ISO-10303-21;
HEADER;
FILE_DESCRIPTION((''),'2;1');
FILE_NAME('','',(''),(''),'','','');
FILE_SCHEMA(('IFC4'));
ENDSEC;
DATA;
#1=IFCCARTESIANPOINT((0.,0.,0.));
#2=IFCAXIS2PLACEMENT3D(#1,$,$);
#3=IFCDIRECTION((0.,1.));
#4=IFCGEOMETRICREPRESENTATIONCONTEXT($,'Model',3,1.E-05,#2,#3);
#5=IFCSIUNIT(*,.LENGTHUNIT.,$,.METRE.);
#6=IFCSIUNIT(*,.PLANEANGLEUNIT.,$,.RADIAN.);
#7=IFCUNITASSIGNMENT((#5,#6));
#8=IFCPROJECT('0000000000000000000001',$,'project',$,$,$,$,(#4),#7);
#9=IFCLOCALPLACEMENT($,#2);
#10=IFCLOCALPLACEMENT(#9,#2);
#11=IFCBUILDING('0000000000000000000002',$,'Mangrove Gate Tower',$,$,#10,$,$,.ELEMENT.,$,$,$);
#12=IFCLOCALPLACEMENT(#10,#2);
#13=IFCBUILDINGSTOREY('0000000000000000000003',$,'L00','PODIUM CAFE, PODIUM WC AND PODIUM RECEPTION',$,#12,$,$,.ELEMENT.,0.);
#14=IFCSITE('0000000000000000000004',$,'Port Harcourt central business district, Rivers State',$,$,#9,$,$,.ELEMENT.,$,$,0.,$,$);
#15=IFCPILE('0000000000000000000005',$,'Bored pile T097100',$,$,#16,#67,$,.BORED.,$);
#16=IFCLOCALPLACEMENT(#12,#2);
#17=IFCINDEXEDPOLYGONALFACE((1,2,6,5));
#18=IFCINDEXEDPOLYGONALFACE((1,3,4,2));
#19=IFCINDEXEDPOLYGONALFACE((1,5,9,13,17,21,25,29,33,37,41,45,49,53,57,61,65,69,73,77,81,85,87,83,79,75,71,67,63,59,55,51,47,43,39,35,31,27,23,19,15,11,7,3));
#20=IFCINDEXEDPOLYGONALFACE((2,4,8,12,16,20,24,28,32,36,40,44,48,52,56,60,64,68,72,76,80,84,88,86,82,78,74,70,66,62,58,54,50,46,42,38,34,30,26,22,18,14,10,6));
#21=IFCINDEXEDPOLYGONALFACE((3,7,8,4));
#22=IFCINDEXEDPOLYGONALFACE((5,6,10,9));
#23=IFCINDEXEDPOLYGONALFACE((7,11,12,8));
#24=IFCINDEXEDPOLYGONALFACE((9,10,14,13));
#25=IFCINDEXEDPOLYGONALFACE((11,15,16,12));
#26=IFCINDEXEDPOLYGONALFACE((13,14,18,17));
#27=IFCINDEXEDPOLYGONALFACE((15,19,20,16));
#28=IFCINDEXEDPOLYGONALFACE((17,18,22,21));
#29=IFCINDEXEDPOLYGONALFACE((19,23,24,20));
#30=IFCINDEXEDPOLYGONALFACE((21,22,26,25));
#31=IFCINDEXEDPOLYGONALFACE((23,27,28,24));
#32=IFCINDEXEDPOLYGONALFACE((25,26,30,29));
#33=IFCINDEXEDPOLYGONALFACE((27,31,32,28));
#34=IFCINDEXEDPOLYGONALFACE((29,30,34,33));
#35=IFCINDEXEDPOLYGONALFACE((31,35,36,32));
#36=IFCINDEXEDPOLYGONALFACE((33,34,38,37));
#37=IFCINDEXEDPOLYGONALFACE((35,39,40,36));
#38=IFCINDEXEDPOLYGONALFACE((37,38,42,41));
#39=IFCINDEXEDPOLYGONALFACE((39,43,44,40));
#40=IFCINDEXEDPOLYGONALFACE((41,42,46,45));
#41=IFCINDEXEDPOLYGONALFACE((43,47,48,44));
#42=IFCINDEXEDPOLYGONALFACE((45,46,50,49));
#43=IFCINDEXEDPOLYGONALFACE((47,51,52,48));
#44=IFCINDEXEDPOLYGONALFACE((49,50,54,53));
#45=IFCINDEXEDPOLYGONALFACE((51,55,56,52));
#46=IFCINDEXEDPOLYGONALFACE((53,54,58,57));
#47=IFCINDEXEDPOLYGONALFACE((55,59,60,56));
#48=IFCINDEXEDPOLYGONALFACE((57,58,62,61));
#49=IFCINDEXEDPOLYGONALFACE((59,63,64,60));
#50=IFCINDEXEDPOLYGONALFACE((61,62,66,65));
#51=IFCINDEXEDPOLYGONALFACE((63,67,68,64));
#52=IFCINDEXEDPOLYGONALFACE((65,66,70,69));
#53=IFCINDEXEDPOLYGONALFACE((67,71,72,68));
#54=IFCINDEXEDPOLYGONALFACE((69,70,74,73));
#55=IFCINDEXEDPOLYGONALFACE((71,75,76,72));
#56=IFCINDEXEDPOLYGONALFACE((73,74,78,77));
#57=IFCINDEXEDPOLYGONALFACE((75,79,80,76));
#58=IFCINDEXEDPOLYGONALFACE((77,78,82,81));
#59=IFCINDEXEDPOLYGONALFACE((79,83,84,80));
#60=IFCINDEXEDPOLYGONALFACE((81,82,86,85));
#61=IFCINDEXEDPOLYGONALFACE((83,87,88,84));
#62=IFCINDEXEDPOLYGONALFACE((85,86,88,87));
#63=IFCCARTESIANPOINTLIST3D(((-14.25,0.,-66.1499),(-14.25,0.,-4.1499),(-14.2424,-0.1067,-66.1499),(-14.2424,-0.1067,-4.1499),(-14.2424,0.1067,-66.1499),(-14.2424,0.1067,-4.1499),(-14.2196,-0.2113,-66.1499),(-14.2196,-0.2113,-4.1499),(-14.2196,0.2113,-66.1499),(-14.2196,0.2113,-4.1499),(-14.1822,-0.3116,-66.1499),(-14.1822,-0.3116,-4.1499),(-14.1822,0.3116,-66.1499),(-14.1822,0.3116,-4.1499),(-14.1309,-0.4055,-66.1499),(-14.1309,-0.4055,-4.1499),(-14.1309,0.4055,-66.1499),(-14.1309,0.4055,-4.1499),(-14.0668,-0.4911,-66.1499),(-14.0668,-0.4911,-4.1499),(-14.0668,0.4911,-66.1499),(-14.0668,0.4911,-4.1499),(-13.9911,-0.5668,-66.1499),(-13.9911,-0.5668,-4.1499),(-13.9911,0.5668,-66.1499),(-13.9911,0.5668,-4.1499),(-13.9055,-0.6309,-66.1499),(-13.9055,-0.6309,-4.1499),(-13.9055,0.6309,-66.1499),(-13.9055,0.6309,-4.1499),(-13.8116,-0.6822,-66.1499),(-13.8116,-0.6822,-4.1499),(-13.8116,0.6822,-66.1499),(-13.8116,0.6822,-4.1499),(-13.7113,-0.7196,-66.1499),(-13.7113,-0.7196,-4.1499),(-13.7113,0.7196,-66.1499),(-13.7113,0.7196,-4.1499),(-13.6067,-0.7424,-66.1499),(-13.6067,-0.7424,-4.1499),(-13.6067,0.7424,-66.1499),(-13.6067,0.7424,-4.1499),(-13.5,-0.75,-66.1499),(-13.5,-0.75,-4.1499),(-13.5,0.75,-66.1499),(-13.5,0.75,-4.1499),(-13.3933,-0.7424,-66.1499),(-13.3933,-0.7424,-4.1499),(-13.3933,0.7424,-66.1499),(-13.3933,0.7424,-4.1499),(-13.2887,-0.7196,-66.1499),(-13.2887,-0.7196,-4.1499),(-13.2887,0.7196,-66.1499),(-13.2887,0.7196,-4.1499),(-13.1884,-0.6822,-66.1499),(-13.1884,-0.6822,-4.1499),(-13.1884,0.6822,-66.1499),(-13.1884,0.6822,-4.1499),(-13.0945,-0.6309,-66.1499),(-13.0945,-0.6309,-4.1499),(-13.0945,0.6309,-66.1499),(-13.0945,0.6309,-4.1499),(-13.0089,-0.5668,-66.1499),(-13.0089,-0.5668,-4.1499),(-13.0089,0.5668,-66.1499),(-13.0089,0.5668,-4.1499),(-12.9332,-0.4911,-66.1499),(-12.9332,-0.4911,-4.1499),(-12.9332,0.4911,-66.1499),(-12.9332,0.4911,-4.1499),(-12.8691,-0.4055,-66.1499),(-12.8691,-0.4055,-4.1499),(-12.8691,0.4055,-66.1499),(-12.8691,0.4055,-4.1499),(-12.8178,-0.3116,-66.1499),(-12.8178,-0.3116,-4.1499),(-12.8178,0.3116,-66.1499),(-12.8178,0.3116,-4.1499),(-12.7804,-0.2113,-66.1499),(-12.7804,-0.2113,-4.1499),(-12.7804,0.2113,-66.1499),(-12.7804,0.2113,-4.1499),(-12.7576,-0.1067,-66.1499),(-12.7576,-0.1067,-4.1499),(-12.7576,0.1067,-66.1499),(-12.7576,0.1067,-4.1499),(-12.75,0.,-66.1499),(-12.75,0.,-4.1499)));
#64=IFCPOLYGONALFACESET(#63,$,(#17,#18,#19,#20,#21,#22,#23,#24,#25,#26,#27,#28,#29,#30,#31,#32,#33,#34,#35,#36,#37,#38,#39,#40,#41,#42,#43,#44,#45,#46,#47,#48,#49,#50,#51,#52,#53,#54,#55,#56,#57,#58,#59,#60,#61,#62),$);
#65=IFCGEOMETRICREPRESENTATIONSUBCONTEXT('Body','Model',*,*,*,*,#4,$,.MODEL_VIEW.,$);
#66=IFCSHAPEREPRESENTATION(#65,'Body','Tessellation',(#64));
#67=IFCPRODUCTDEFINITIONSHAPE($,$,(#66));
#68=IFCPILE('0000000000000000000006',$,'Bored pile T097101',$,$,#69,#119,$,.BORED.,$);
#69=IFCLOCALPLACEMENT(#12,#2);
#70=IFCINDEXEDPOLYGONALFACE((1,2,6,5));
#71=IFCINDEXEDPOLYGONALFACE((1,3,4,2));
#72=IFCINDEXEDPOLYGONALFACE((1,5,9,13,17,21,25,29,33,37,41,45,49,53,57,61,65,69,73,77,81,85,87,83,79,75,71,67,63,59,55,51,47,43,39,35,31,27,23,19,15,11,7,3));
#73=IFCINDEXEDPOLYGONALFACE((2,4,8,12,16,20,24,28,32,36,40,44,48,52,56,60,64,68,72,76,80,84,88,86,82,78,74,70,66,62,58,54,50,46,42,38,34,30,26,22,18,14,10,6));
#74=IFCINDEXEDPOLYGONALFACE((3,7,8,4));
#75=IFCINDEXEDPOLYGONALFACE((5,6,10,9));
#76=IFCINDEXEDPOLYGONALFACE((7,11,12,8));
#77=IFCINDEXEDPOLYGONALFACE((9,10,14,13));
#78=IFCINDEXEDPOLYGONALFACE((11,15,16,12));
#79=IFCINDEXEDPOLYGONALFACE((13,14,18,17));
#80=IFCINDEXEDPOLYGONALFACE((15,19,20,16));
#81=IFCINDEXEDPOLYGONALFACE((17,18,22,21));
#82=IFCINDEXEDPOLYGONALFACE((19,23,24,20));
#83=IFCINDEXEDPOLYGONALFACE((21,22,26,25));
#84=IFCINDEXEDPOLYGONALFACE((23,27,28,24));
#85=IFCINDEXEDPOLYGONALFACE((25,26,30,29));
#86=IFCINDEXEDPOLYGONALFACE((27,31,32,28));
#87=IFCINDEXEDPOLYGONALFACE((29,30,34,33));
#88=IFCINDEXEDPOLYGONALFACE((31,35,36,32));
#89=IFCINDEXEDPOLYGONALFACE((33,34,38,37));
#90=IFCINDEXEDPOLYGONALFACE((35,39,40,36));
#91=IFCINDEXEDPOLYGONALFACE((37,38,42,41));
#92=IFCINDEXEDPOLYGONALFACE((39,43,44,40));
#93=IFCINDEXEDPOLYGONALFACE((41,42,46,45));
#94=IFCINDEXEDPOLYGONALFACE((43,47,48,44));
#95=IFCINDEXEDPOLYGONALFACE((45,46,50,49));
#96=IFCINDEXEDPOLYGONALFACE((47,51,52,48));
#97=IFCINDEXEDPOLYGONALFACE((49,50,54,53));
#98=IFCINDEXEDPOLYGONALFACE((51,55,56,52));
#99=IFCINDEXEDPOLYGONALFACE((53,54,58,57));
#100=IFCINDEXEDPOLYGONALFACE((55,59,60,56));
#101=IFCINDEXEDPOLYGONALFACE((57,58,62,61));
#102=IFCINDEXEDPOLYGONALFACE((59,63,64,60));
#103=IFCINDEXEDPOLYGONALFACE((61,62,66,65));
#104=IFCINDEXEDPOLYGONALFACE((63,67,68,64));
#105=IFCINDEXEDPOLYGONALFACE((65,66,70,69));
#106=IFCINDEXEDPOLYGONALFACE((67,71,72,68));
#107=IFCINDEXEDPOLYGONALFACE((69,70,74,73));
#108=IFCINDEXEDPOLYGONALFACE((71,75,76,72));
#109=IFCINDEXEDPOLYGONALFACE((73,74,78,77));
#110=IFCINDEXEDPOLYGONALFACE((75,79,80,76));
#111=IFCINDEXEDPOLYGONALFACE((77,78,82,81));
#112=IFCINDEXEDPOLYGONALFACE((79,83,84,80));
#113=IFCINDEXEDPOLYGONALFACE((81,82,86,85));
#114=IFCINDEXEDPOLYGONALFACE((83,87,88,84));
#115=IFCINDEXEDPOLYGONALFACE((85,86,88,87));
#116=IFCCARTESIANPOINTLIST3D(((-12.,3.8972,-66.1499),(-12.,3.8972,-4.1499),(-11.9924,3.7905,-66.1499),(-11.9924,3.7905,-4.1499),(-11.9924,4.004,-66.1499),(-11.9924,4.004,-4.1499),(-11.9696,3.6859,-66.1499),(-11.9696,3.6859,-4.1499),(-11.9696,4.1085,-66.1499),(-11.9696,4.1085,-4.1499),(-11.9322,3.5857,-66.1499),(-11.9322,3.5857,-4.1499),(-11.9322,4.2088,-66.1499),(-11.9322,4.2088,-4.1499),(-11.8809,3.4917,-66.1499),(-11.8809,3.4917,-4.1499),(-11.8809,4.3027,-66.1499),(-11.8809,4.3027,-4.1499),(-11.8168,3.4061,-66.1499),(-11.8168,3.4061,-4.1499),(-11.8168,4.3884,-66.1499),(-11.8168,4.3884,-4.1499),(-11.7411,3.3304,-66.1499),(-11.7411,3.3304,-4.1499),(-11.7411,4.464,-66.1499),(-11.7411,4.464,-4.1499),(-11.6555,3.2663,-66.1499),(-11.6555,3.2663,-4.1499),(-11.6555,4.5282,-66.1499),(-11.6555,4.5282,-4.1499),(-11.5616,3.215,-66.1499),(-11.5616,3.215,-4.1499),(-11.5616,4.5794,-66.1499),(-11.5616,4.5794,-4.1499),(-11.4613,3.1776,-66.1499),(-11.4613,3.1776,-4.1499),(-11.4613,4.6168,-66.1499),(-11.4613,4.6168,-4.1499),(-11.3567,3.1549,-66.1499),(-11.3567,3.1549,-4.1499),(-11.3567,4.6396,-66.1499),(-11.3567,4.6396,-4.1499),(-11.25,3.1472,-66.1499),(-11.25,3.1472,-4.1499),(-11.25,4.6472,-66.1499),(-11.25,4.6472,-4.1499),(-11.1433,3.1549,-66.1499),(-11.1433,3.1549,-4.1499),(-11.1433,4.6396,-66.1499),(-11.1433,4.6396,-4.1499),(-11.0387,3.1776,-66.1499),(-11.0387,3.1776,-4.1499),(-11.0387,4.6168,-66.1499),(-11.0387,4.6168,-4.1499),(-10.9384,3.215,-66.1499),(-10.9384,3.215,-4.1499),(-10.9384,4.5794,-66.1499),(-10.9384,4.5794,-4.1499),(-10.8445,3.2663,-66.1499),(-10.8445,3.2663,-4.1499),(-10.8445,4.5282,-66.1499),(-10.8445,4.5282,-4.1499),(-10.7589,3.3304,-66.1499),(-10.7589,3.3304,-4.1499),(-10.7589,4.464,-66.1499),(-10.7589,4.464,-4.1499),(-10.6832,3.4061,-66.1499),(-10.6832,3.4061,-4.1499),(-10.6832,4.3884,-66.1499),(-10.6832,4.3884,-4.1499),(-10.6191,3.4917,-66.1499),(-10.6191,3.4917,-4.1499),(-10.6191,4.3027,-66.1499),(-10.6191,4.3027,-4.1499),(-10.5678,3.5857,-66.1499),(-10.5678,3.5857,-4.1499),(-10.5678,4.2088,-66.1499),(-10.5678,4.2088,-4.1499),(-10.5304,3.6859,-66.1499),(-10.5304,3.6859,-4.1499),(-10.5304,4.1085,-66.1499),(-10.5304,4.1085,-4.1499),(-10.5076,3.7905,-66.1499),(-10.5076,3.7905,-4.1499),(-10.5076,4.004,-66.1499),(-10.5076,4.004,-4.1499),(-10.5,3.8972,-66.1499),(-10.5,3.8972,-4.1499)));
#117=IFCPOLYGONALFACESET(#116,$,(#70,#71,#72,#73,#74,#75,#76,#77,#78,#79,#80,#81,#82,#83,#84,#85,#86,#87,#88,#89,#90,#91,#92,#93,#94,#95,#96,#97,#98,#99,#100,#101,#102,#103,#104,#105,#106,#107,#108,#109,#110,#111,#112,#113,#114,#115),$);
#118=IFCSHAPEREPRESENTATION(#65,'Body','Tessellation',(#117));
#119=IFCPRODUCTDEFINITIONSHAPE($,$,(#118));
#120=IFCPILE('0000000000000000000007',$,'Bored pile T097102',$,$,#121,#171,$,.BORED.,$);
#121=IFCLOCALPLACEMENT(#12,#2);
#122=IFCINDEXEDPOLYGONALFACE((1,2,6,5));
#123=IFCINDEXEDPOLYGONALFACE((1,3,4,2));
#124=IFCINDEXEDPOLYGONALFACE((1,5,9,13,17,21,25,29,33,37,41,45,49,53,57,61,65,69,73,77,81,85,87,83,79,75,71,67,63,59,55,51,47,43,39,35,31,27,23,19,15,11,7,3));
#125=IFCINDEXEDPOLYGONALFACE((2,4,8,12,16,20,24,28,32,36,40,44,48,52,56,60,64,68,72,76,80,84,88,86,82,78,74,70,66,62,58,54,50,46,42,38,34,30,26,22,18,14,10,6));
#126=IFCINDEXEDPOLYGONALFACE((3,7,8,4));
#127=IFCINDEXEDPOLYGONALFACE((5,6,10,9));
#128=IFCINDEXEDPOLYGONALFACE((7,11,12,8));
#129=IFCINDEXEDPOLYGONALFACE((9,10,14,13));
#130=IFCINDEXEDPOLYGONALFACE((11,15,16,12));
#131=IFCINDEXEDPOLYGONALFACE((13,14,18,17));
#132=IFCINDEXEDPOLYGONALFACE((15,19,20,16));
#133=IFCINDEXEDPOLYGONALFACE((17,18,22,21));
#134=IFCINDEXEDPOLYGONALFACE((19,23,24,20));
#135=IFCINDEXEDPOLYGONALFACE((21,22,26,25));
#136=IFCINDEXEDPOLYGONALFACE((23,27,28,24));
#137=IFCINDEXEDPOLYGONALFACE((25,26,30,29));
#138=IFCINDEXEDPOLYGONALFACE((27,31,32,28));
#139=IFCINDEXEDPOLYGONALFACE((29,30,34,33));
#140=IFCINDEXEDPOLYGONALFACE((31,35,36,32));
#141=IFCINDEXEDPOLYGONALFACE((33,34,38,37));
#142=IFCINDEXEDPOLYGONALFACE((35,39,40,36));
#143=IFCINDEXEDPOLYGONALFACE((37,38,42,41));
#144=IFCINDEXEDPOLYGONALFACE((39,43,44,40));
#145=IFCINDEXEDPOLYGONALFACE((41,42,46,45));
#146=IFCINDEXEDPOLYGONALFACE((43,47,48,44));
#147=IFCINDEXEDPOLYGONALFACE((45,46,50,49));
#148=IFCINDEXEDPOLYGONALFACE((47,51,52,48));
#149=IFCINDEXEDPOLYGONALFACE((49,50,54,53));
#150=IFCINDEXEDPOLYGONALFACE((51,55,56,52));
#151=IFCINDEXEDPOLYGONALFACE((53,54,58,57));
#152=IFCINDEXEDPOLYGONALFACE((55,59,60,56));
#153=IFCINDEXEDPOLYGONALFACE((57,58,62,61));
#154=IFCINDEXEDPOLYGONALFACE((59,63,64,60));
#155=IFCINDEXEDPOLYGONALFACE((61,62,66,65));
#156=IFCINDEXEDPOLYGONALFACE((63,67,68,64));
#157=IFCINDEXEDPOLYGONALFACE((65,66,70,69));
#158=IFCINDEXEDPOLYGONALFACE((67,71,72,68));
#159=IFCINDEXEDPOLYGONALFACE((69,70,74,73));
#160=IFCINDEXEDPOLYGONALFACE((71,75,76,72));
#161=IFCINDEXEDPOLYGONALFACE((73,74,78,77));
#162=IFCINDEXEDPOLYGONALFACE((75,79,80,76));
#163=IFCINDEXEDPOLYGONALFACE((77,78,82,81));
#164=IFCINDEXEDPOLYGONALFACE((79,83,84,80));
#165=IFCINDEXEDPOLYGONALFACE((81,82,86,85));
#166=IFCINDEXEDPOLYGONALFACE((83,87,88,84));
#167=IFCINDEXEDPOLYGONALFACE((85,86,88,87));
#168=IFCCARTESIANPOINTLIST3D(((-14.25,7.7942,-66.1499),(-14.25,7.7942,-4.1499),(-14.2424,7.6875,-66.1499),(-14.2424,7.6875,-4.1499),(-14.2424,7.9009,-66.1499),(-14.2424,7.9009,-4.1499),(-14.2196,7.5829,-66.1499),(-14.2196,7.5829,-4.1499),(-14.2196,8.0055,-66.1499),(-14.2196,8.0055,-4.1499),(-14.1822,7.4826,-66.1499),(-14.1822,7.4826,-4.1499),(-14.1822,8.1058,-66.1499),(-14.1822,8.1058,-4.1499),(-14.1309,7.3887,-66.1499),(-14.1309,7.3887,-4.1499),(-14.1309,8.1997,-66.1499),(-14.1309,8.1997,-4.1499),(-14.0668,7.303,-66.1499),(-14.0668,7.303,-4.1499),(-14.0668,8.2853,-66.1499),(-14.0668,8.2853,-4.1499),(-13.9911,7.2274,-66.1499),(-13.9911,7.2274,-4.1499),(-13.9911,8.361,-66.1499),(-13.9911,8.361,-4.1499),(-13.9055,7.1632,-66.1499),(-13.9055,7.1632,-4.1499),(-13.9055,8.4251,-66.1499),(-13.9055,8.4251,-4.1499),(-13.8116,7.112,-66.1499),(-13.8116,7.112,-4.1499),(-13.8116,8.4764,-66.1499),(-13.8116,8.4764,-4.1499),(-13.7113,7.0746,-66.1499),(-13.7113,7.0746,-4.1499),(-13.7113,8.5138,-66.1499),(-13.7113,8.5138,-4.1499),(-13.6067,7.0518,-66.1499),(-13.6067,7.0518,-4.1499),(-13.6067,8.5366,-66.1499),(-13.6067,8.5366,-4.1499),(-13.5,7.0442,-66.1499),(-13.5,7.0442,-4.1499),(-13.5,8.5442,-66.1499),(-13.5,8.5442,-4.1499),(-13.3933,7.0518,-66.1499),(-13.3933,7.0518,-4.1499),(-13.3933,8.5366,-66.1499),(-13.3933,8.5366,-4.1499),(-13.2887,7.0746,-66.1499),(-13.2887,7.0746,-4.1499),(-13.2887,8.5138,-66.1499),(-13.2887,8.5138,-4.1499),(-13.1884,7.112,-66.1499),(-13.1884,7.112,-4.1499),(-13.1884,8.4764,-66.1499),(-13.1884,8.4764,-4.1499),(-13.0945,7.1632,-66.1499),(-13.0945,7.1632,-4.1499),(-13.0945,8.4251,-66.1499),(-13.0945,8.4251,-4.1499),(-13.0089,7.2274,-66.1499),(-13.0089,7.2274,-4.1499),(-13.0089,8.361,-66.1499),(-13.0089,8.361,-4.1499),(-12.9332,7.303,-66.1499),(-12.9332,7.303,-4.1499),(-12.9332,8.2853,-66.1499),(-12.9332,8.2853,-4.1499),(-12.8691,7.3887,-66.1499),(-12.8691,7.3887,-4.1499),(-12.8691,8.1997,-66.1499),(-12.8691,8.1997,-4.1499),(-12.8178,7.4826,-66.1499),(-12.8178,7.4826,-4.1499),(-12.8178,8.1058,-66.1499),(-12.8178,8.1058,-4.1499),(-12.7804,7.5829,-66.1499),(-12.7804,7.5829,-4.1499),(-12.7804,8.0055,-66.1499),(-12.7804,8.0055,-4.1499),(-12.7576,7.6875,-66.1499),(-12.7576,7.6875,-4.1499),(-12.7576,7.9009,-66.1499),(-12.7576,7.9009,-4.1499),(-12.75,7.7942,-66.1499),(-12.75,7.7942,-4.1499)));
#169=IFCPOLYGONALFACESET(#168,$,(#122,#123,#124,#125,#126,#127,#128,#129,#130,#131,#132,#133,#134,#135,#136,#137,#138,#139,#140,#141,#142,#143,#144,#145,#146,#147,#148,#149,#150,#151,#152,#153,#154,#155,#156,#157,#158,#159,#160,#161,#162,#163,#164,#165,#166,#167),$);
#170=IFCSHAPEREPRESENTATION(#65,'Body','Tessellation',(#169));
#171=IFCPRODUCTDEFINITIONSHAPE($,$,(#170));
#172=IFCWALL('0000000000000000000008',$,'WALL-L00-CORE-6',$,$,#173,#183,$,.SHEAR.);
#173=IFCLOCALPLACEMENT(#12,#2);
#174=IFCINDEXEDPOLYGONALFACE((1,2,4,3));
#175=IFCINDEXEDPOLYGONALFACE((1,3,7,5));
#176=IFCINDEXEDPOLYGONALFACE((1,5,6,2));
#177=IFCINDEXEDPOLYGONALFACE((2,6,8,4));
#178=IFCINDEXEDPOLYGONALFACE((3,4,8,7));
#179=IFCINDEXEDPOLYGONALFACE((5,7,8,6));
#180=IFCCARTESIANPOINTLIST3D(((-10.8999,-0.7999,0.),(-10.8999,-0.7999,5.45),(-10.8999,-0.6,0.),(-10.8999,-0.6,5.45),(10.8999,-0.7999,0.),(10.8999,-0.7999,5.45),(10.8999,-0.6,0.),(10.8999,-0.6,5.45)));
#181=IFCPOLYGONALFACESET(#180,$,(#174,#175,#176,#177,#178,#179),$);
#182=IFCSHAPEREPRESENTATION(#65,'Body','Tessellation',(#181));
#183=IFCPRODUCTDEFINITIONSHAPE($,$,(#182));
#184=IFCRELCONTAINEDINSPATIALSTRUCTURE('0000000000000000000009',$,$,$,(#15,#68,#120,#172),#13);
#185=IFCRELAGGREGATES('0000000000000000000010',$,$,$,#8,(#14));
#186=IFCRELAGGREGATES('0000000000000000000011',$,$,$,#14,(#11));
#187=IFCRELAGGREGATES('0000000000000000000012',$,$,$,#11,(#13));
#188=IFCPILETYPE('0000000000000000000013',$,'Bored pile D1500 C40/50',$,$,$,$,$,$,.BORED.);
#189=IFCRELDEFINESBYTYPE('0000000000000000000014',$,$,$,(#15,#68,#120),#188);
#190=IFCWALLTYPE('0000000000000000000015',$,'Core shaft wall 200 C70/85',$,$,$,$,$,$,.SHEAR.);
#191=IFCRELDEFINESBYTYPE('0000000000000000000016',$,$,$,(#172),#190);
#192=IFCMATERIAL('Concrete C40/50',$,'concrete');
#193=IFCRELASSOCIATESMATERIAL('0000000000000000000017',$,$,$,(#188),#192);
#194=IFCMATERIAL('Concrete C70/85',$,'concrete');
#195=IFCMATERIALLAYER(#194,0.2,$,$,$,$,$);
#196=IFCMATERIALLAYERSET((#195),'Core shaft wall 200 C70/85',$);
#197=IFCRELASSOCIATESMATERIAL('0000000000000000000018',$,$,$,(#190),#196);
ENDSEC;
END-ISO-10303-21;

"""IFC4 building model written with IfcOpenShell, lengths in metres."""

from ifc_helpers import new_model, si_unit, direction, frame, frame_2d, origin, origin_2d, place, context, subcontext, project, spatial, rectangle, circle, extrude, material, layer, layer_set, material_profile, profile_set, type_object, element, save


model = new_model("IFC4")

# Units and contexts
model_context = context("Model", 3, precision=1e-05, world=origin(), true_north=direction((0.0, 1.0)))
body_context = subcontext(model_context, "Body", "Model", "MODEL_VIEW")
ifc_project = project(units=[si_unit("LENGTHUNIT", "METRE"), si_unit("PLANEANGLEUNIT", "RADIAN")], contexts=[model_context])

# Site, building, storey
site_placement = place(None, origin())
site = spatial("IfcSite", under=ifc_project, at=site_placement, Name="Port Harcourt central business district, Rivers State", CompositionType="ELEMENT", RefElevation=0.0)
building_placement = place(site_placement, origin())
building = spatial("IfcBuilding", under=site, at=building_placement, Name="Mangrove Gate Tower", CompositionType="ELEMENT")
storey_placement = place(building_placement, origin())
storey = spatial("IfcBuildingStorey", under=building, at=storey_placement, Name="L00", Description="PODIUM CAFE, PODIUM WC AND PODIUM RECEPTION", CompositionType="ELEMENT", Elevation=0.0)

# Piles
ifc_material_1 = material(Name="Concrete C40/50", Category="concrete")
ifc_material_profile = material_profile(ifc_material_1, circle(Radius=0.75, at=origin_2d()))
ifc_profile_set = profile_set([ifc_material_profile], Name="Concrete C40/50")
pile_type = type_object("IfcPileType", Name="Bored pile D1500 C40/50", PredefinedType="BORED", material=ifc_profile_set)
for number, where, z_axis, x_axis, name in (
    (1, (-13.5, 0.0, -4.1499), (0.0, 0.0, -1.0), (1.0, 0.0, 0.0), "Bored pile T097100"),
    (2, (-11.25, 3.8972, -4.1499), (0.0, 0.0, -1.0), (1.0, 0.0, 0.0), "Bored pile T097101"),
    (3, (-13.5, 7.7942, -4.1499), (0.0, 0.0, -1.0), (1.0, 0.0, 0.0), "Bored pile T097102"),
):
    element("IfcPile", number, at=place(storey_placement, frame(where, z_axis=z_axis, x_axis=x_axis)), inside=storey, type_object=pile_type, Name=name, PredefinedType="BORED", context=body_context, shape_type="SweptSolid", body=[
        extrude(circle(Radius=0.75, at=origin_2d()), origin(), (0.0, 0.0, 1.0), 62.0),
    ])

# Wall
ifc_material_2 = material(Name="Concrete C70/85", Category="concrete")
ifc_layer = layer(ifc_material_2, 0.2)
ifc_layer_set = layer_set([ifc_layer], Name="Core shaft wall 200 C70/85")
wall_type = type_object("IfcWallType", Name="Core shaft wall 200 C70/85", PredefinedType="SHEAR", material=ifc_layer_set)
wall_1_placement = place(storey_placement, frame((-10.8999, -0.7, 0.0), z_axis=(0.0, 0.0, 1.0), x_axis=(1.0, 0.0, 0.0)))
element("IfcWall", 4, at=wall_1_placement, inside=storey, type_object=wall_type, Name="WALL-L00-CORE-6", PredefinedType="SHEAR", context=body_context, shape_type="SweptSolid", body=[
    extrude(rectangle(XDim=21.7998, YDim=0.2, at=frame_2d((10.8999, 0.0))), origin(), (0.0, 0.0, 1.0), 5.45),
])

save(model, "model.ifc")
